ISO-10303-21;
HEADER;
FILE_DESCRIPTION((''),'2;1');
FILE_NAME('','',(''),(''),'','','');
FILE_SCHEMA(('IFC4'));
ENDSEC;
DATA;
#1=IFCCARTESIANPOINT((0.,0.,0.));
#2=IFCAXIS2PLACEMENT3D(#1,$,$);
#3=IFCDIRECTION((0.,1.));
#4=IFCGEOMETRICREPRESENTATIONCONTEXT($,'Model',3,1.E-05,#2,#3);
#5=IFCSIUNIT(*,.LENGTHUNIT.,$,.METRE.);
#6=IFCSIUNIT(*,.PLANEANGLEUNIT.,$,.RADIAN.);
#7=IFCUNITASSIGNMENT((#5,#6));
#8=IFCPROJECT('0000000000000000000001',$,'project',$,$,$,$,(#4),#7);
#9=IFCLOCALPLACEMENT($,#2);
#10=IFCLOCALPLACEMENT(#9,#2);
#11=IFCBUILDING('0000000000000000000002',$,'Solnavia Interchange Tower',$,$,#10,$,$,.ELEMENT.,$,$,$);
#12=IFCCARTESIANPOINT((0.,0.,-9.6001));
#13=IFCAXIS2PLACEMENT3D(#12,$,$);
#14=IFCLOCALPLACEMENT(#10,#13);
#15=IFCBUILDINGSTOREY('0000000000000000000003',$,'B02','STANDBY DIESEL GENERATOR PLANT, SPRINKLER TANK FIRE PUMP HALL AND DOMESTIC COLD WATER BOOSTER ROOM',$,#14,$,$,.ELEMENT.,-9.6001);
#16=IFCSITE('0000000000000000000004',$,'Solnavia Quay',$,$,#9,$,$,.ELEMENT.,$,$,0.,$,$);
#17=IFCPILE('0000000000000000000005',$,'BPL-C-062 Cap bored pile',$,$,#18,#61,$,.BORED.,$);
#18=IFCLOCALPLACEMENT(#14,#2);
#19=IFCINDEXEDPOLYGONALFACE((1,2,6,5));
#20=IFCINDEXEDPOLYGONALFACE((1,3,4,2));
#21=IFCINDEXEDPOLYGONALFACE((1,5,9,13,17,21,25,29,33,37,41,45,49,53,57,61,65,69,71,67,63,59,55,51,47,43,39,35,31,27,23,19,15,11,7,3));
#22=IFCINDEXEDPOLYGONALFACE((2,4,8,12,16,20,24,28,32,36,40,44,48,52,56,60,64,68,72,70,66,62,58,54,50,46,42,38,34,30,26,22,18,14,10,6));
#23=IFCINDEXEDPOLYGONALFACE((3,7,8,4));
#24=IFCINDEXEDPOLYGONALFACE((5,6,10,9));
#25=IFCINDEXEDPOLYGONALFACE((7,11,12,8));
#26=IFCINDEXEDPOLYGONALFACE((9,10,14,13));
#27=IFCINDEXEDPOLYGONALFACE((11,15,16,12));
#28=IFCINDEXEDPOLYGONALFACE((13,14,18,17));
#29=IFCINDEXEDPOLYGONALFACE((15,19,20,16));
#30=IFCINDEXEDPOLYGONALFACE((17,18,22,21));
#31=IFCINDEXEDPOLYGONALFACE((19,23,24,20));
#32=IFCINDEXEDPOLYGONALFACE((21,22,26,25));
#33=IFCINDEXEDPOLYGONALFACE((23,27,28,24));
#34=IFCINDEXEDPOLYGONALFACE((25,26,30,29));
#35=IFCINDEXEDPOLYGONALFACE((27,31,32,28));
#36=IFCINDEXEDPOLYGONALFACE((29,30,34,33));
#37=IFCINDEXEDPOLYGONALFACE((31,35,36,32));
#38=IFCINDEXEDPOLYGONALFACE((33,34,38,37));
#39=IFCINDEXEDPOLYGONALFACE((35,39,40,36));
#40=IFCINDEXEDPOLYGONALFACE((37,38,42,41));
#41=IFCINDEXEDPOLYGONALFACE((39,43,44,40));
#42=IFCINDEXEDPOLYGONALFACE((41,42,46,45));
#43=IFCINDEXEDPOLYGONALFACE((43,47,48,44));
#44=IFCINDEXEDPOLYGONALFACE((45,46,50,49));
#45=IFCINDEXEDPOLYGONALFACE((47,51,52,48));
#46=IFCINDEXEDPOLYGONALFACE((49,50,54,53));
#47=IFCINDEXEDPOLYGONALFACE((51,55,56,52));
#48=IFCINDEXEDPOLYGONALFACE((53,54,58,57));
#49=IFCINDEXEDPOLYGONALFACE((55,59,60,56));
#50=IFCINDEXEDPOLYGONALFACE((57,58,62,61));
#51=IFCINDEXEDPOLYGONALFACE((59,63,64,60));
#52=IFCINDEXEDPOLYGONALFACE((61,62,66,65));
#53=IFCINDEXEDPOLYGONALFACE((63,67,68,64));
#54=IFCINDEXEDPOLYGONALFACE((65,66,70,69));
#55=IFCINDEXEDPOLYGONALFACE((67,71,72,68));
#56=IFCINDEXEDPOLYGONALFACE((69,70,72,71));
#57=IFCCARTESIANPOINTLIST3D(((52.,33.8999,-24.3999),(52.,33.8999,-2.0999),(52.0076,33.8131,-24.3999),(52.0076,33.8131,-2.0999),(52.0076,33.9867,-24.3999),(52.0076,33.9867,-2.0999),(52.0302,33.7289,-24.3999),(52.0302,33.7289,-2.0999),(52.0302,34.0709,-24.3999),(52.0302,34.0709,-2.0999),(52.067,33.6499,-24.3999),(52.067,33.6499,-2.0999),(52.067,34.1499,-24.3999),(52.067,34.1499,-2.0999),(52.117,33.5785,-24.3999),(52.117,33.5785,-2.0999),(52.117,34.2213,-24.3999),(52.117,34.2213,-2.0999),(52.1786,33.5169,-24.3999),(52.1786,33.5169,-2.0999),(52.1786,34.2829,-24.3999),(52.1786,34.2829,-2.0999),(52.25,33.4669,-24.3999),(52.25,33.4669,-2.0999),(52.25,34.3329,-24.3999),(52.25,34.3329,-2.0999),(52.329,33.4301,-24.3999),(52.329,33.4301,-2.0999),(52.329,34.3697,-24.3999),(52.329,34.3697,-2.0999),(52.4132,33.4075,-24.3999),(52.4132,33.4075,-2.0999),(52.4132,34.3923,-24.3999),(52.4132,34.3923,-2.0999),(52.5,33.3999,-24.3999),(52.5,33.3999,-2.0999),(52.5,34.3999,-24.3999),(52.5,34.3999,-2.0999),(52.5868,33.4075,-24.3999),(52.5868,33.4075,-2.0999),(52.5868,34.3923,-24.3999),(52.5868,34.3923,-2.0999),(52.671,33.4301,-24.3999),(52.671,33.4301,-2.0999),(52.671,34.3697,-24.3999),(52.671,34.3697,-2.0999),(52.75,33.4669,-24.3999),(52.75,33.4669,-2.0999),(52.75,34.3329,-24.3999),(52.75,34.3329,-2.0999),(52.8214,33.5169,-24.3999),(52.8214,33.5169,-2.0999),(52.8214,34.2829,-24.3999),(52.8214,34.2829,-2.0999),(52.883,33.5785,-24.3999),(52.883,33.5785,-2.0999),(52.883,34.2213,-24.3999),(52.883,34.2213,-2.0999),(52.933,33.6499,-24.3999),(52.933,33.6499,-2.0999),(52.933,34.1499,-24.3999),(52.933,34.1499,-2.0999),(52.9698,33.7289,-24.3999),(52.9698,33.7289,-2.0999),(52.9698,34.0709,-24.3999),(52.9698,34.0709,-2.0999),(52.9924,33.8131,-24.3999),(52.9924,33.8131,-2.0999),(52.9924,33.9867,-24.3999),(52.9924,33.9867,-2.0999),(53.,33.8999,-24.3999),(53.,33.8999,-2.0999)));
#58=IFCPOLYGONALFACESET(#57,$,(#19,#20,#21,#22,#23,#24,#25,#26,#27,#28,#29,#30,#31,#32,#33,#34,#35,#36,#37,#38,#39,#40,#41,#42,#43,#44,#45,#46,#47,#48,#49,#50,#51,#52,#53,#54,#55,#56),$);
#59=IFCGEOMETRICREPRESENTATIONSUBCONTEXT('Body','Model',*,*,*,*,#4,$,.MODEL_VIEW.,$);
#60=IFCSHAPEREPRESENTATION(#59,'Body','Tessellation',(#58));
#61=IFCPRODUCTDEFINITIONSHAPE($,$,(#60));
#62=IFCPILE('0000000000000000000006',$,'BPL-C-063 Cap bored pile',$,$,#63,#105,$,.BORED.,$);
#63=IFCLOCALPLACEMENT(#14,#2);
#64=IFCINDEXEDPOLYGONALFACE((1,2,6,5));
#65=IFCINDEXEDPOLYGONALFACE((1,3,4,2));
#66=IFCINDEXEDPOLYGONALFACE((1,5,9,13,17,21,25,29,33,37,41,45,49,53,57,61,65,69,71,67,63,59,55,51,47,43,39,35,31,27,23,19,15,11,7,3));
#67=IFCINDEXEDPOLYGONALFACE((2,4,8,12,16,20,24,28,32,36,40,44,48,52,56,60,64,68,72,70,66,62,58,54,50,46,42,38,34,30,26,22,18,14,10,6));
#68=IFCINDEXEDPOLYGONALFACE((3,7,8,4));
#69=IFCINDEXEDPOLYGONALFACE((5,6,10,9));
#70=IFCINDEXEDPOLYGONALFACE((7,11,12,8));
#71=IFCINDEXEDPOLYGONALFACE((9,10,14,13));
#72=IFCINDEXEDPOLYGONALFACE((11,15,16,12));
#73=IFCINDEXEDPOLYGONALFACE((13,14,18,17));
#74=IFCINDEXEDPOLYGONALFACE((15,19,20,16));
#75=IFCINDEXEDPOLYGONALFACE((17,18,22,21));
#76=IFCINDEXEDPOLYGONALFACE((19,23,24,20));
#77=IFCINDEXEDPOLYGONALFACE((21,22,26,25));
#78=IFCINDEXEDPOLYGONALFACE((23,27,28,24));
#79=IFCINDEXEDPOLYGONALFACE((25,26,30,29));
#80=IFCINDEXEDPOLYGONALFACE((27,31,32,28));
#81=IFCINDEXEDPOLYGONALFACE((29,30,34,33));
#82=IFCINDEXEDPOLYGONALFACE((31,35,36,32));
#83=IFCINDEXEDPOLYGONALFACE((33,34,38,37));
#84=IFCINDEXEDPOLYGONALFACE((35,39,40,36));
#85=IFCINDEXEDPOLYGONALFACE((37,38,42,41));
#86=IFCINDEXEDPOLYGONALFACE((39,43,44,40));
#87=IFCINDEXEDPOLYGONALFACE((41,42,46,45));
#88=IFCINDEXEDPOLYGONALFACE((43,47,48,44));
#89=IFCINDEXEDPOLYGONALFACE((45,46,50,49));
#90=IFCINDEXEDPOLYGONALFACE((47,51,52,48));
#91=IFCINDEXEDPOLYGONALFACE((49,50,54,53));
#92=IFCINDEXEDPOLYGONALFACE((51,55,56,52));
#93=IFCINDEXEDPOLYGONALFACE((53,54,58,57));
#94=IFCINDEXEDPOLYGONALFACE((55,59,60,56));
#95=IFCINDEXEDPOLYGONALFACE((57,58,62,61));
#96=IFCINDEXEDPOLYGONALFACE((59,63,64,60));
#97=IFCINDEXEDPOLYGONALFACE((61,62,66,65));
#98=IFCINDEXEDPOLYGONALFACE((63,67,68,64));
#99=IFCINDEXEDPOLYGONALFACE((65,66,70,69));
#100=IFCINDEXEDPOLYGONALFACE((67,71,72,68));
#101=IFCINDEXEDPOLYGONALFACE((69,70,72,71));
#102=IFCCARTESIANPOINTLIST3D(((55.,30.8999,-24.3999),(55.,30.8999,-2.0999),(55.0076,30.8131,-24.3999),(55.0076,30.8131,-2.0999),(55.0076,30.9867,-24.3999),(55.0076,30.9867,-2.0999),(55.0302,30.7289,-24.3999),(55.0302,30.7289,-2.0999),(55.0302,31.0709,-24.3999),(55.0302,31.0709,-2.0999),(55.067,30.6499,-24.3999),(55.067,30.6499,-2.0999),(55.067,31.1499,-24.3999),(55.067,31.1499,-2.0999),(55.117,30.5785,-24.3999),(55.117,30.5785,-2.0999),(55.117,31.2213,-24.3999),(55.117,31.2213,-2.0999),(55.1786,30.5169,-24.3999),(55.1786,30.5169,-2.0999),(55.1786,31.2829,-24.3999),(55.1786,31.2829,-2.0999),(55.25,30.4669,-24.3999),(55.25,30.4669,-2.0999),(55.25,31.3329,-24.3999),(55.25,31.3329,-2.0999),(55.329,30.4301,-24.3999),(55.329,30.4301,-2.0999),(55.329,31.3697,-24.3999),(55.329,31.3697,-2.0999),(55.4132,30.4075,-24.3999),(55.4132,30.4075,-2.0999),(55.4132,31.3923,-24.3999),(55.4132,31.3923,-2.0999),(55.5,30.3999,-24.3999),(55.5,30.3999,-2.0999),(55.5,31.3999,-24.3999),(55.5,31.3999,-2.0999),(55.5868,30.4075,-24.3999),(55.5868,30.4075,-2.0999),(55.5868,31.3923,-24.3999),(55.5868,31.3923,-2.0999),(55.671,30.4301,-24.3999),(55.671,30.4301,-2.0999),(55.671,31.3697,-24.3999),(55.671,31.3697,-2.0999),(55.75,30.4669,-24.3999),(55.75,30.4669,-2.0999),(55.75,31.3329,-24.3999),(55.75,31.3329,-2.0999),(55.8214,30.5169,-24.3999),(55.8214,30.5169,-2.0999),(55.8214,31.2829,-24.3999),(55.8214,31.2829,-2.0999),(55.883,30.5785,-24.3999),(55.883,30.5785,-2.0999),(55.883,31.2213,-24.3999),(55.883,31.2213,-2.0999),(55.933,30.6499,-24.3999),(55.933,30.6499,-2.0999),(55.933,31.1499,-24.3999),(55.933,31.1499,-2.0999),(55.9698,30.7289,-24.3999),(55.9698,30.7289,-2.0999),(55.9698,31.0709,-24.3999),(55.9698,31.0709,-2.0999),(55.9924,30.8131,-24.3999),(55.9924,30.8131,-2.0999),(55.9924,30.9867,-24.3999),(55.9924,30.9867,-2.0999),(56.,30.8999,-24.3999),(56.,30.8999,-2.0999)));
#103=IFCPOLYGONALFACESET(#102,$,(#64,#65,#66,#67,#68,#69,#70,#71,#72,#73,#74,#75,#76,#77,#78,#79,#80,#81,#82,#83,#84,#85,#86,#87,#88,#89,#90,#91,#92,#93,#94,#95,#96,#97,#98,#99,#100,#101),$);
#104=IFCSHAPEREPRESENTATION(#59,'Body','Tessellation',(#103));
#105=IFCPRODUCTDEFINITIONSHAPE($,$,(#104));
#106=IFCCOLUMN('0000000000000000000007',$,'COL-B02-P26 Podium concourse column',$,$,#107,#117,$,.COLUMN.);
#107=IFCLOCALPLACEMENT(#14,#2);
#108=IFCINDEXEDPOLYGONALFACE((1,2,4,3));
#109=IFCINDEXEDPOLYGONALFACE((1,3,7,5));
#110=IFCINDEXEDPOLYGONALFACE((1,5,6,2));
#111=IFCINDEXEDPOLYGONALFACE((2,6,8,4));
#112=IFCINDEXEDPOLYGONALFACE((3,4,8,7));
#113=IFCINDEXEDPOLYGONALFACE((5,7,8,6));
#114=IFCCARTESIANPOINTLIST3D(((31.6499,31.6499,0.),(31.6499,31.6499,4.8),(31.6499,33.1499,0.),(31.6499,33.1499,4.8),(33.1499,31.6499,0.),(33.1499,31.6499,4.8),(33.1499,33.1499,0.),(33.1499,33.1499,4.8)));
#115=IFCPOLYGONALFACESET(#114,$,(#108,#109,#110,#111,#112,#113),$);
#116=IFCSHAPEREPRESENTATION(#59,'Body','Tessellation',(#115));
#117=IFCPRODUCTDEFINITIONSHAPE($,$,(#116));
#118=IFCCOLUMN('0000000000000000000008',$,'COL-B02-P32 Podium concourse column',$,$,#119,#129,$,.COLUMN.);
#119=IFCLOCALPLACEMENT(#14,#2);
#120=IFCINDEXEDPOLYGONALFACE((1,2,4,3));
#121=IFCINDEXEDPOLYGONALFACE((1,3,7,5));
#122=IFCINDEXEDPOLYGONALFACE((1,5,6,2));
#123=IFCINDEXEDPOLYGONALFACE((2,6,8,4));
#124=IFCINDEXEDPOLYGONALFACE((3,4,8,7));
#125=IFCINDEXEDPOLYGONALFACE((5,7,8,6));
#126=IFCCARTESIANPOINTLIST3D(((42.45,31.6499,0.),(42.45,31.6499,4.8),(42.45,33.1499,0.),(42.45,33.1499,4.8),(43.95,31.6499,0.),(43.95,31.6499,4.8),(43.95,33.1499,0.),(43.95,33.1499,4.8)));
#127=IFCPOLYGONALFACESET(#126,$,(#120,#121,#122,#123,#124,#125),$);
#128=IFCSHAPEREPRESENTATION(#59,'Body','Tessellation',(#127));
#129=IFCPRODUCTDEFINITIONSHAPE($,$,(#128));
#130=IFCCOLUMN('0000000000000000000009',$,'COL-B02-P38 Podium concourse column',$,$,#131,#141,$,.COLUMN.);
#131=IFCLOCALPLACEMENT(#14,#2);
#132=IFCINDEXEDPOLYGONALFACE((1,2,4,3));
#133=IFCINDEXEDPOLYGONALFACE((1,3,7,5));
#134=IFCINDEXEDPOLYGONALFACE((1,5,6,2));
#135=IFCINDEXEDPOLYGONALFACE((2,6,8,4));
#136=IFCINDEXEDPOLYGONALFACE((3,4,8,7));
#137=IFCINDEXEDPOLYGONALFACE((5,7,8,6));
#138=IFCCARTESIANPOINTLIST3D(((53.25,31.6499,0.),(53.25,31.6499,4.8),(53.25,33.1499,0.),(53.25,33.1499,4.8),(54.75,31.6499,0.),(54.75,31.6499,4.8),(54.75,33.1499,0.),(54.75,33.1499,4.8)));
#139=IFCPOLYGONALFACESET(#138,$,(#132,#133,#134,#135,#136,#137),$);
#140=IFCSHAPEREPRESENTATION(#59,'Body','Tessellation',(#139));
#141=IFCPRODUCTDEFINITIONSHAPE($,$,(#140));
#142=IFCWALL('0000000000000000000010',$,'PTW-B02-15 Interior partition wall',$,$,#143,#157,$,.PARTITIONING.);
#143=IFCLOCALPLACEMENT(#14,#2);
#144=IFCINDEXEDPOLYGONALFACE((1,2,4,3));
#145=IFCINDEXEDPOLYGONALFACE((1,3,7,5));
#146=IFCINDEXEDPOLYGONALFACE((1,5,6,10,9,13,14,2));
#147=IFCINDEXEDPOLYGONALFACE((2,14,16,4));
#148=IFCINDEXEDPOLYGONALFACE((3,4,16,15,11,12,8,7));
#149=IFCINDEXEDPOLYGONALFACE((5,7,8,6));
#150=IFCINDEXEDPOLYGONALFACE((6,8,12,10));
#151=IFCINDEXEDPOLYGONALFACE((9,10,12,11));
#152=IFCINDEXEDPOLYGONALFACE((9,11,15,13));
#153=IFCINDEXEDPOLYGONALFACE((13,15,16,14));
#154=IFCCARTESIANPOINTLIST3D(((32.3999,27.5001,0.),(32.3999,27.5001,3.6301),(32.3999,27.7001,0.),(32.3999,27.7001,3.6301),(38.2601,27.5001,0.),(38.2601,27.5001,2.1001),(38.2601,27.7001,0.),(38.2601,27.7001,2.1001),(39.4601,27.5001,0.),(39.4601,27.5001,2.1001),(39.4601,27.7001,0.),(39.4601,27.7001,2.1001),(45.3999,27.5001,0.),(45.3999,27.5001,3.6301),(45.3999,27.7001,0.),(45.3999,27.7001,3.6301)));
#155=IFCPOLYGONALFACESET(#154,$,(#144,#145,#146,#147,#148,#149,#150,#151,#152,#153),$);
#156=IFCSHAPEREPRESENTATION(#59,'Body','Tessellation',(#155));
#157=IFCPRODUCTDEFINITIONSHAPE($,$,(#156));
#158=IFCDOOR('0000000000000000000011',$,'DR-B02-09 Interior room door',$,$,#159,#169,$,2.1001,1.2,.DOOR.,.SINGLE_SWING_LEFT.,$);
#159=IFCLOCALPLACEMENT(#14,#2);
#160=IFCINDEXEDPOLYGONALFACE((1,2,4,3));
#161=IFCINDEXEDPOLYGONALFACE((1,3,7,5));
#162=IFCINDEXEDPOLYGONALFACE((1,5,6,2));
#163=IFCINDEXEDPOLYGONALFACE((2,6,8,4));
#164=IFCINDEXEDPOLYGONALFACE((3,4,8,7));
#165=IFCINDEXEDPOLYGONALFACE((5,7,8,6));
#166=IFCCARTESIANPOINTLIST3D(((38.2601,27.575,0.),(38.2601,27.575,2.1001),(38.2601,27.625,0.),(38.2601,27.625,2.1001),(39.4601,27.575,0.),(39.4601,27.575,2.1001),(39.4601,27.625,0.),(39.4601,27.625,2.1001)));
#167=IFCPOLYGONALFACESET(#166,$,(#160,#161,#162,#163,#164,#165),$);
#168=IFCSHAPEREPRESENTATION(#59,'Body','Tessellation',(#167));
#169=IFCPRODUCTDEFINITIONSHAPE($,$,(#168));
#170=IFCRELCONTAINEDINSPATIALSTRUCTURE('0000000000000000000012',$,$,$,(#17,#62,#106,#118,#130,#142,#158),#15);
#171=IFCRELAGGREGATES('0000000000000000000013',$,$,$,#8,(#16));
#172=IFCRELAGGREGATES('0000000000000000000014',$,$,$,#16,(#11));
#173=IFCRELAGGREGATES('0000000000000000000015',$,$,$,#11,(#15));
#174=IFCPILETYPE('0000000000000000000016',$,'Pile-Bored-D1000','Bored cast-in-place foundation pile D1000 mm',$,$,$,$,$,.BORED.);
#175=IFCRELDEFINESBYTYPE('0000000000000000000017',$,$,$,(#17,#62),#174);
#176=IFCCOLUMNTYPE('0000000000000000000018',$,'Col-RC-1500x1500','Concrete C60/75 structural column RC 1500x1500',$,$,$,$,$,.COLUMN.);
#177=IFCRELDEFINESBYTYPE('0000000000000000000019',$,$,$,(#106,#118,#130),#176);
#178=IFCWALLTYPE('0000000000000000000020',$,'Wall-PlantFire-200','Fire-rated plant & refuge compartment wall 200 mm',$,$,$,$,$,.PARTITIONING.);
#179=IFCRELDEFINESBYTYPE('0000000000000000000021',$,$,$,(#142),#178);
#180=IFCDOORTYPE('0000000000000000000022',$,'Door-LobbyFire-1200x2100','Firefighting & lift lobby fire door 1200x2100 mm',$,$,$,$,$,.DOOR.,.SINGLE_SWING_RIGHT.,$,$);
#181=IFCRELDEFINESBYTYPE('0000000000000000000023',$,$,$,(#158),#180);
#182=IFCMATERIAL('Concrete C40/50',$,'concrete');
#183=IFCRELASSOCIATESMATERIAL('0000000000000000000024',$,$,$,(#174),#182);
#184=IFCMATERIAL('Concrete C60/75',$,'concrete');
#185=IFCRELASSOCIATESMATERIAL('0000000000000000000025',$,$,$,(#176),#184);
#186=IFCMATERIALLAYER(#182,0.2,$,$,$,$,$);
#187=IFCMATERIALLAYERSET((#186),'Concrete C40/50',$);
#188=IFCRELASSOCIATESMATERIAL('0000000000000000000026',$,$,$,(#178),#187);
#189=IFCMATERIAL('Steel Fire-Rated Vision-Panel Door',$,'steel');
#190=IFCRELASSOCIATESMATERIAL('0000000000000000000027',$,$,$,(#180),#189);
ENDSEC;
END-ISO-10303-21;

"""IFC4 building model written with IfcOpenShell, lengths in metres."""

from ifc_helpers import new_model, si_unit, direction, frame, frame_2d, origin, origin_2d, place, context, subcontext, project, spatial, rectangle, circle, extrude, material, layer, layer_set, material_profile, profile_set, type_object, element, fill, save


model = new_model("IFC4")

# Units and contexts
model_context = context("Model", 3, precision=1e-05, world=origin(), true_north=direction((0.0, 1.0)))
body_context = subcontext(model_context, "Body", "Model", "MODEL_VIEW")
ifc_project = project(units=[si_unit("LENGTHUNIT", "METRE"), si_unit("PLANEANGLEUNIT", "RADIAN")], contexts=[model_context])

# Site, building, storey
site_placement = place(None, origin())
site = spatial("IfcSite", under=ifc_project, at=site_placement, Name="Solnavia Quay", CompositionType="ELEMENT", RefElevation=0.0)
building_placement = place(site_placement, origin())
building = spatial("IfcBuilding", under=site, at=building_placement, Name="Solnavia Interchange Tower", CompositionType="ELEMENT")
storey_placement = place(building_placement, frame((0.0, 0.0, -9.6001)))
storey = spatial("IfcBuildingStorey", under=building, at=storey_placement, Name="B02", Description="STANDBY DIESEL GENERATOR PLANT, SPRINKLER TANK FIRE PUMP HALL AND DOMESTIC COLD WATER BOOSTER ROOM", CompositionType="ELEMENT", Elevation=-9.6001)

# Shared definitions
ifc_material_1 = material(Name="Concrete C40/50", Category="concrete")

# Piles
ifc_material_profile_1 = material_profile(ifc_material_1, circle(Radius=0.5, at=origin_2d()), Name="PILE D1000")
ifc_profile_set_1 = profile_set([ifc_material_profile_1], Name="Concrete C40/50")
pile_type = type_object("IfcPileType", Name="Pile-Bored-D1000", Description="Bored cast-in-place foundation pile D1000 mm", PredefinedType="BORED", material=ifc_profile_set_1)
for number, where, z_axis, x_axis, name in (
    (1, (52.5, 33.8999, -2.0999), (0.0, 0.0, -1.0), (1.0, 0.0, 0.0), "BPL-C-062 Cap bored pile"),
    (2, (55.5, 30.8999, -2.0999), (0.0, 0.0, -1.0), (1.0, 0.0, 0.0), "BPL-C-063 Cap bored pile"),
):
    element("IfcPile", number, at=place(storey_placement, frame(where, z_axis=z_axis, x_axis=x_axis)), inside=storey, type_object=pile_type, Name=name, PredefinedType="BORED", context=body_context, shape_type="SweptSolid", body=[
        extrude(circle(Radius=0.5, at=origin_2d()), origin(), (0.0, 0.0, 1.0), 22.3),
    ])

# Columns
ifc_material_2 = material(Name="Concrete C60/75", Category="concrete")
ifc_material_profile_2 = material_profile(ifc_material_2, rectangle(XDim=1.5, YDim=1.5, at=origin_2d()), Name="RC 1500x1500")
ifc_profile_set_2 = profile_set([ifc_material_profile_2], Name="Concrete C60/75")
column_type = type_object("IfcColumnType", Name="Col-RC-1500x1500", Description="Concrete C60/75 structural column RC 1500x1500", PredefinedType="COLUMN", material=ifc_profile_set_2)
for number, where, z_axis, x_axis, name in (
    (3, (32.3999, 32.3999, 0.0), (0.0, 0.0, 1.0), (1.0, 0.0, 0.0), "COL-B02-P26 Podium concourse column"),
    (4, (43.2, 32.3999, 0.0), (0.0, 0.0, 1.0), (1.0, 0.0, 0.0), "COL-B02-P32 Podium concourse column"),
    (5, (54.0, 32.3999, 0.0), (0.0, 0.0, 1.0), (1.0, 0.0, 0.0), "COL-B02-P38 Podium concourse column"),
):
    element("IfcColumn", number, at=place(storey_placement, frame(where, z_axis=z_axis, x_axis=x_axis)), inside=storey, type_object=column_type, Name=name, PredefinedType="COLUMN", context=body_context, shape_type="SweptSolid", body=[
        extrude(rectangle(XDim=1.5, YDim=1.5, at=origin_2d()), origin(), (0.0, 0.0, 1.0), 4.8),
    ])

# Wall, opening, door
ifc_layer_1 = layer(ifc_material_1, 0.2)
ifc_layer_set_1 = layer_set([ifc_layer_1], Name="Concrete C40/50")
wall_type_1 = type_object("IfcWallType", Name="Wall-PlantFire-200", Description="Fire-rated plant & refuge compartment wall 200 mm", PredefinedType="PARTITIONING", material=ifc_layer_set_1)
wall_1_placement = place(storey_placement, frame((32.3999, 27.6001, 0.0), z_axis=(0.0, 0.0, 1.0), x_axis=(1.0, 0.0, 0.0)))
wall_1 = element("IfcWall", 6, at=wall_1_placement, inside=storey, type_object=wall_type_1, Name="PTW-B02-15 Interior partition wall", PredefinedType="PARTITIONING", context=body_context, shape_type="SweptSolid", body=[
    extrude(rectangle(XDim=13.0, YDim=0.2, at=frame_2d((6.5, 0.0))), origin(), (0.0, 0.0, 1.0), 3.6301),
])
opening_1_placement = place(wall_1_placement, frame((5.8601, 0.0, 0.0)))
opening_1 = element("IfcOpeningElement", 7, at=opening_1_placement, cuts=wall_1, PredefinedType="OPENING", context=body_context, shape_type="SweptSolid", body=[
    extrude(rectangle(XDim=1.2, YDim=2.1001, at=frame_2d((0.6001, 1.05))), frame((0.0, 0.1099, 0.0), z_axis=(0.0, -1.0, 0.0), x_axis=(1.0, 0.0, 0.0)), (0.0, 0.0, 1.0), 0.22),
])
ifc_material_3 = material(Name="Steel Fire-Rated Vision-Panel Door", Category="steel")
door_type_1 = type_object("IfcDoorType", Name="Door-LobbyFire-1200x2100", Description="Firefighting & lift lobby fire door 1200x2100 mm", OperationType="SINGLE_SWING_RIGHT", PredefinedType="DOOR", material=ifc_material_3)
door_1_placement = place(opening_1_placement, origin())
door_1 = element("IfcDoor", 8, at=door_1_placement, inside=storey, type_object=door_type_1, Name="DR-B02-09 Interior room door", OperationType="SINGLE_SWING_LEFT", OverallHeight=2.1001, OverallWidth=1.2, PredefinedType="DOOR", context=body_context, shape_type="SweptSolid", body=[
    extrude(rectangle(XDim=1.2, YDim=2.1001, at=frame_2d((0.6001, 1.05))), frame((0.0, 0.0249, 0.0), z_axis=(0.0, -1.0, 0.0), x_axis=(1.0, 0.0, 0.0)), (0.0, 0.0, 1.0), 0.05),
])
fill(opening_1, door_1)

save(model, "model.ifc")
